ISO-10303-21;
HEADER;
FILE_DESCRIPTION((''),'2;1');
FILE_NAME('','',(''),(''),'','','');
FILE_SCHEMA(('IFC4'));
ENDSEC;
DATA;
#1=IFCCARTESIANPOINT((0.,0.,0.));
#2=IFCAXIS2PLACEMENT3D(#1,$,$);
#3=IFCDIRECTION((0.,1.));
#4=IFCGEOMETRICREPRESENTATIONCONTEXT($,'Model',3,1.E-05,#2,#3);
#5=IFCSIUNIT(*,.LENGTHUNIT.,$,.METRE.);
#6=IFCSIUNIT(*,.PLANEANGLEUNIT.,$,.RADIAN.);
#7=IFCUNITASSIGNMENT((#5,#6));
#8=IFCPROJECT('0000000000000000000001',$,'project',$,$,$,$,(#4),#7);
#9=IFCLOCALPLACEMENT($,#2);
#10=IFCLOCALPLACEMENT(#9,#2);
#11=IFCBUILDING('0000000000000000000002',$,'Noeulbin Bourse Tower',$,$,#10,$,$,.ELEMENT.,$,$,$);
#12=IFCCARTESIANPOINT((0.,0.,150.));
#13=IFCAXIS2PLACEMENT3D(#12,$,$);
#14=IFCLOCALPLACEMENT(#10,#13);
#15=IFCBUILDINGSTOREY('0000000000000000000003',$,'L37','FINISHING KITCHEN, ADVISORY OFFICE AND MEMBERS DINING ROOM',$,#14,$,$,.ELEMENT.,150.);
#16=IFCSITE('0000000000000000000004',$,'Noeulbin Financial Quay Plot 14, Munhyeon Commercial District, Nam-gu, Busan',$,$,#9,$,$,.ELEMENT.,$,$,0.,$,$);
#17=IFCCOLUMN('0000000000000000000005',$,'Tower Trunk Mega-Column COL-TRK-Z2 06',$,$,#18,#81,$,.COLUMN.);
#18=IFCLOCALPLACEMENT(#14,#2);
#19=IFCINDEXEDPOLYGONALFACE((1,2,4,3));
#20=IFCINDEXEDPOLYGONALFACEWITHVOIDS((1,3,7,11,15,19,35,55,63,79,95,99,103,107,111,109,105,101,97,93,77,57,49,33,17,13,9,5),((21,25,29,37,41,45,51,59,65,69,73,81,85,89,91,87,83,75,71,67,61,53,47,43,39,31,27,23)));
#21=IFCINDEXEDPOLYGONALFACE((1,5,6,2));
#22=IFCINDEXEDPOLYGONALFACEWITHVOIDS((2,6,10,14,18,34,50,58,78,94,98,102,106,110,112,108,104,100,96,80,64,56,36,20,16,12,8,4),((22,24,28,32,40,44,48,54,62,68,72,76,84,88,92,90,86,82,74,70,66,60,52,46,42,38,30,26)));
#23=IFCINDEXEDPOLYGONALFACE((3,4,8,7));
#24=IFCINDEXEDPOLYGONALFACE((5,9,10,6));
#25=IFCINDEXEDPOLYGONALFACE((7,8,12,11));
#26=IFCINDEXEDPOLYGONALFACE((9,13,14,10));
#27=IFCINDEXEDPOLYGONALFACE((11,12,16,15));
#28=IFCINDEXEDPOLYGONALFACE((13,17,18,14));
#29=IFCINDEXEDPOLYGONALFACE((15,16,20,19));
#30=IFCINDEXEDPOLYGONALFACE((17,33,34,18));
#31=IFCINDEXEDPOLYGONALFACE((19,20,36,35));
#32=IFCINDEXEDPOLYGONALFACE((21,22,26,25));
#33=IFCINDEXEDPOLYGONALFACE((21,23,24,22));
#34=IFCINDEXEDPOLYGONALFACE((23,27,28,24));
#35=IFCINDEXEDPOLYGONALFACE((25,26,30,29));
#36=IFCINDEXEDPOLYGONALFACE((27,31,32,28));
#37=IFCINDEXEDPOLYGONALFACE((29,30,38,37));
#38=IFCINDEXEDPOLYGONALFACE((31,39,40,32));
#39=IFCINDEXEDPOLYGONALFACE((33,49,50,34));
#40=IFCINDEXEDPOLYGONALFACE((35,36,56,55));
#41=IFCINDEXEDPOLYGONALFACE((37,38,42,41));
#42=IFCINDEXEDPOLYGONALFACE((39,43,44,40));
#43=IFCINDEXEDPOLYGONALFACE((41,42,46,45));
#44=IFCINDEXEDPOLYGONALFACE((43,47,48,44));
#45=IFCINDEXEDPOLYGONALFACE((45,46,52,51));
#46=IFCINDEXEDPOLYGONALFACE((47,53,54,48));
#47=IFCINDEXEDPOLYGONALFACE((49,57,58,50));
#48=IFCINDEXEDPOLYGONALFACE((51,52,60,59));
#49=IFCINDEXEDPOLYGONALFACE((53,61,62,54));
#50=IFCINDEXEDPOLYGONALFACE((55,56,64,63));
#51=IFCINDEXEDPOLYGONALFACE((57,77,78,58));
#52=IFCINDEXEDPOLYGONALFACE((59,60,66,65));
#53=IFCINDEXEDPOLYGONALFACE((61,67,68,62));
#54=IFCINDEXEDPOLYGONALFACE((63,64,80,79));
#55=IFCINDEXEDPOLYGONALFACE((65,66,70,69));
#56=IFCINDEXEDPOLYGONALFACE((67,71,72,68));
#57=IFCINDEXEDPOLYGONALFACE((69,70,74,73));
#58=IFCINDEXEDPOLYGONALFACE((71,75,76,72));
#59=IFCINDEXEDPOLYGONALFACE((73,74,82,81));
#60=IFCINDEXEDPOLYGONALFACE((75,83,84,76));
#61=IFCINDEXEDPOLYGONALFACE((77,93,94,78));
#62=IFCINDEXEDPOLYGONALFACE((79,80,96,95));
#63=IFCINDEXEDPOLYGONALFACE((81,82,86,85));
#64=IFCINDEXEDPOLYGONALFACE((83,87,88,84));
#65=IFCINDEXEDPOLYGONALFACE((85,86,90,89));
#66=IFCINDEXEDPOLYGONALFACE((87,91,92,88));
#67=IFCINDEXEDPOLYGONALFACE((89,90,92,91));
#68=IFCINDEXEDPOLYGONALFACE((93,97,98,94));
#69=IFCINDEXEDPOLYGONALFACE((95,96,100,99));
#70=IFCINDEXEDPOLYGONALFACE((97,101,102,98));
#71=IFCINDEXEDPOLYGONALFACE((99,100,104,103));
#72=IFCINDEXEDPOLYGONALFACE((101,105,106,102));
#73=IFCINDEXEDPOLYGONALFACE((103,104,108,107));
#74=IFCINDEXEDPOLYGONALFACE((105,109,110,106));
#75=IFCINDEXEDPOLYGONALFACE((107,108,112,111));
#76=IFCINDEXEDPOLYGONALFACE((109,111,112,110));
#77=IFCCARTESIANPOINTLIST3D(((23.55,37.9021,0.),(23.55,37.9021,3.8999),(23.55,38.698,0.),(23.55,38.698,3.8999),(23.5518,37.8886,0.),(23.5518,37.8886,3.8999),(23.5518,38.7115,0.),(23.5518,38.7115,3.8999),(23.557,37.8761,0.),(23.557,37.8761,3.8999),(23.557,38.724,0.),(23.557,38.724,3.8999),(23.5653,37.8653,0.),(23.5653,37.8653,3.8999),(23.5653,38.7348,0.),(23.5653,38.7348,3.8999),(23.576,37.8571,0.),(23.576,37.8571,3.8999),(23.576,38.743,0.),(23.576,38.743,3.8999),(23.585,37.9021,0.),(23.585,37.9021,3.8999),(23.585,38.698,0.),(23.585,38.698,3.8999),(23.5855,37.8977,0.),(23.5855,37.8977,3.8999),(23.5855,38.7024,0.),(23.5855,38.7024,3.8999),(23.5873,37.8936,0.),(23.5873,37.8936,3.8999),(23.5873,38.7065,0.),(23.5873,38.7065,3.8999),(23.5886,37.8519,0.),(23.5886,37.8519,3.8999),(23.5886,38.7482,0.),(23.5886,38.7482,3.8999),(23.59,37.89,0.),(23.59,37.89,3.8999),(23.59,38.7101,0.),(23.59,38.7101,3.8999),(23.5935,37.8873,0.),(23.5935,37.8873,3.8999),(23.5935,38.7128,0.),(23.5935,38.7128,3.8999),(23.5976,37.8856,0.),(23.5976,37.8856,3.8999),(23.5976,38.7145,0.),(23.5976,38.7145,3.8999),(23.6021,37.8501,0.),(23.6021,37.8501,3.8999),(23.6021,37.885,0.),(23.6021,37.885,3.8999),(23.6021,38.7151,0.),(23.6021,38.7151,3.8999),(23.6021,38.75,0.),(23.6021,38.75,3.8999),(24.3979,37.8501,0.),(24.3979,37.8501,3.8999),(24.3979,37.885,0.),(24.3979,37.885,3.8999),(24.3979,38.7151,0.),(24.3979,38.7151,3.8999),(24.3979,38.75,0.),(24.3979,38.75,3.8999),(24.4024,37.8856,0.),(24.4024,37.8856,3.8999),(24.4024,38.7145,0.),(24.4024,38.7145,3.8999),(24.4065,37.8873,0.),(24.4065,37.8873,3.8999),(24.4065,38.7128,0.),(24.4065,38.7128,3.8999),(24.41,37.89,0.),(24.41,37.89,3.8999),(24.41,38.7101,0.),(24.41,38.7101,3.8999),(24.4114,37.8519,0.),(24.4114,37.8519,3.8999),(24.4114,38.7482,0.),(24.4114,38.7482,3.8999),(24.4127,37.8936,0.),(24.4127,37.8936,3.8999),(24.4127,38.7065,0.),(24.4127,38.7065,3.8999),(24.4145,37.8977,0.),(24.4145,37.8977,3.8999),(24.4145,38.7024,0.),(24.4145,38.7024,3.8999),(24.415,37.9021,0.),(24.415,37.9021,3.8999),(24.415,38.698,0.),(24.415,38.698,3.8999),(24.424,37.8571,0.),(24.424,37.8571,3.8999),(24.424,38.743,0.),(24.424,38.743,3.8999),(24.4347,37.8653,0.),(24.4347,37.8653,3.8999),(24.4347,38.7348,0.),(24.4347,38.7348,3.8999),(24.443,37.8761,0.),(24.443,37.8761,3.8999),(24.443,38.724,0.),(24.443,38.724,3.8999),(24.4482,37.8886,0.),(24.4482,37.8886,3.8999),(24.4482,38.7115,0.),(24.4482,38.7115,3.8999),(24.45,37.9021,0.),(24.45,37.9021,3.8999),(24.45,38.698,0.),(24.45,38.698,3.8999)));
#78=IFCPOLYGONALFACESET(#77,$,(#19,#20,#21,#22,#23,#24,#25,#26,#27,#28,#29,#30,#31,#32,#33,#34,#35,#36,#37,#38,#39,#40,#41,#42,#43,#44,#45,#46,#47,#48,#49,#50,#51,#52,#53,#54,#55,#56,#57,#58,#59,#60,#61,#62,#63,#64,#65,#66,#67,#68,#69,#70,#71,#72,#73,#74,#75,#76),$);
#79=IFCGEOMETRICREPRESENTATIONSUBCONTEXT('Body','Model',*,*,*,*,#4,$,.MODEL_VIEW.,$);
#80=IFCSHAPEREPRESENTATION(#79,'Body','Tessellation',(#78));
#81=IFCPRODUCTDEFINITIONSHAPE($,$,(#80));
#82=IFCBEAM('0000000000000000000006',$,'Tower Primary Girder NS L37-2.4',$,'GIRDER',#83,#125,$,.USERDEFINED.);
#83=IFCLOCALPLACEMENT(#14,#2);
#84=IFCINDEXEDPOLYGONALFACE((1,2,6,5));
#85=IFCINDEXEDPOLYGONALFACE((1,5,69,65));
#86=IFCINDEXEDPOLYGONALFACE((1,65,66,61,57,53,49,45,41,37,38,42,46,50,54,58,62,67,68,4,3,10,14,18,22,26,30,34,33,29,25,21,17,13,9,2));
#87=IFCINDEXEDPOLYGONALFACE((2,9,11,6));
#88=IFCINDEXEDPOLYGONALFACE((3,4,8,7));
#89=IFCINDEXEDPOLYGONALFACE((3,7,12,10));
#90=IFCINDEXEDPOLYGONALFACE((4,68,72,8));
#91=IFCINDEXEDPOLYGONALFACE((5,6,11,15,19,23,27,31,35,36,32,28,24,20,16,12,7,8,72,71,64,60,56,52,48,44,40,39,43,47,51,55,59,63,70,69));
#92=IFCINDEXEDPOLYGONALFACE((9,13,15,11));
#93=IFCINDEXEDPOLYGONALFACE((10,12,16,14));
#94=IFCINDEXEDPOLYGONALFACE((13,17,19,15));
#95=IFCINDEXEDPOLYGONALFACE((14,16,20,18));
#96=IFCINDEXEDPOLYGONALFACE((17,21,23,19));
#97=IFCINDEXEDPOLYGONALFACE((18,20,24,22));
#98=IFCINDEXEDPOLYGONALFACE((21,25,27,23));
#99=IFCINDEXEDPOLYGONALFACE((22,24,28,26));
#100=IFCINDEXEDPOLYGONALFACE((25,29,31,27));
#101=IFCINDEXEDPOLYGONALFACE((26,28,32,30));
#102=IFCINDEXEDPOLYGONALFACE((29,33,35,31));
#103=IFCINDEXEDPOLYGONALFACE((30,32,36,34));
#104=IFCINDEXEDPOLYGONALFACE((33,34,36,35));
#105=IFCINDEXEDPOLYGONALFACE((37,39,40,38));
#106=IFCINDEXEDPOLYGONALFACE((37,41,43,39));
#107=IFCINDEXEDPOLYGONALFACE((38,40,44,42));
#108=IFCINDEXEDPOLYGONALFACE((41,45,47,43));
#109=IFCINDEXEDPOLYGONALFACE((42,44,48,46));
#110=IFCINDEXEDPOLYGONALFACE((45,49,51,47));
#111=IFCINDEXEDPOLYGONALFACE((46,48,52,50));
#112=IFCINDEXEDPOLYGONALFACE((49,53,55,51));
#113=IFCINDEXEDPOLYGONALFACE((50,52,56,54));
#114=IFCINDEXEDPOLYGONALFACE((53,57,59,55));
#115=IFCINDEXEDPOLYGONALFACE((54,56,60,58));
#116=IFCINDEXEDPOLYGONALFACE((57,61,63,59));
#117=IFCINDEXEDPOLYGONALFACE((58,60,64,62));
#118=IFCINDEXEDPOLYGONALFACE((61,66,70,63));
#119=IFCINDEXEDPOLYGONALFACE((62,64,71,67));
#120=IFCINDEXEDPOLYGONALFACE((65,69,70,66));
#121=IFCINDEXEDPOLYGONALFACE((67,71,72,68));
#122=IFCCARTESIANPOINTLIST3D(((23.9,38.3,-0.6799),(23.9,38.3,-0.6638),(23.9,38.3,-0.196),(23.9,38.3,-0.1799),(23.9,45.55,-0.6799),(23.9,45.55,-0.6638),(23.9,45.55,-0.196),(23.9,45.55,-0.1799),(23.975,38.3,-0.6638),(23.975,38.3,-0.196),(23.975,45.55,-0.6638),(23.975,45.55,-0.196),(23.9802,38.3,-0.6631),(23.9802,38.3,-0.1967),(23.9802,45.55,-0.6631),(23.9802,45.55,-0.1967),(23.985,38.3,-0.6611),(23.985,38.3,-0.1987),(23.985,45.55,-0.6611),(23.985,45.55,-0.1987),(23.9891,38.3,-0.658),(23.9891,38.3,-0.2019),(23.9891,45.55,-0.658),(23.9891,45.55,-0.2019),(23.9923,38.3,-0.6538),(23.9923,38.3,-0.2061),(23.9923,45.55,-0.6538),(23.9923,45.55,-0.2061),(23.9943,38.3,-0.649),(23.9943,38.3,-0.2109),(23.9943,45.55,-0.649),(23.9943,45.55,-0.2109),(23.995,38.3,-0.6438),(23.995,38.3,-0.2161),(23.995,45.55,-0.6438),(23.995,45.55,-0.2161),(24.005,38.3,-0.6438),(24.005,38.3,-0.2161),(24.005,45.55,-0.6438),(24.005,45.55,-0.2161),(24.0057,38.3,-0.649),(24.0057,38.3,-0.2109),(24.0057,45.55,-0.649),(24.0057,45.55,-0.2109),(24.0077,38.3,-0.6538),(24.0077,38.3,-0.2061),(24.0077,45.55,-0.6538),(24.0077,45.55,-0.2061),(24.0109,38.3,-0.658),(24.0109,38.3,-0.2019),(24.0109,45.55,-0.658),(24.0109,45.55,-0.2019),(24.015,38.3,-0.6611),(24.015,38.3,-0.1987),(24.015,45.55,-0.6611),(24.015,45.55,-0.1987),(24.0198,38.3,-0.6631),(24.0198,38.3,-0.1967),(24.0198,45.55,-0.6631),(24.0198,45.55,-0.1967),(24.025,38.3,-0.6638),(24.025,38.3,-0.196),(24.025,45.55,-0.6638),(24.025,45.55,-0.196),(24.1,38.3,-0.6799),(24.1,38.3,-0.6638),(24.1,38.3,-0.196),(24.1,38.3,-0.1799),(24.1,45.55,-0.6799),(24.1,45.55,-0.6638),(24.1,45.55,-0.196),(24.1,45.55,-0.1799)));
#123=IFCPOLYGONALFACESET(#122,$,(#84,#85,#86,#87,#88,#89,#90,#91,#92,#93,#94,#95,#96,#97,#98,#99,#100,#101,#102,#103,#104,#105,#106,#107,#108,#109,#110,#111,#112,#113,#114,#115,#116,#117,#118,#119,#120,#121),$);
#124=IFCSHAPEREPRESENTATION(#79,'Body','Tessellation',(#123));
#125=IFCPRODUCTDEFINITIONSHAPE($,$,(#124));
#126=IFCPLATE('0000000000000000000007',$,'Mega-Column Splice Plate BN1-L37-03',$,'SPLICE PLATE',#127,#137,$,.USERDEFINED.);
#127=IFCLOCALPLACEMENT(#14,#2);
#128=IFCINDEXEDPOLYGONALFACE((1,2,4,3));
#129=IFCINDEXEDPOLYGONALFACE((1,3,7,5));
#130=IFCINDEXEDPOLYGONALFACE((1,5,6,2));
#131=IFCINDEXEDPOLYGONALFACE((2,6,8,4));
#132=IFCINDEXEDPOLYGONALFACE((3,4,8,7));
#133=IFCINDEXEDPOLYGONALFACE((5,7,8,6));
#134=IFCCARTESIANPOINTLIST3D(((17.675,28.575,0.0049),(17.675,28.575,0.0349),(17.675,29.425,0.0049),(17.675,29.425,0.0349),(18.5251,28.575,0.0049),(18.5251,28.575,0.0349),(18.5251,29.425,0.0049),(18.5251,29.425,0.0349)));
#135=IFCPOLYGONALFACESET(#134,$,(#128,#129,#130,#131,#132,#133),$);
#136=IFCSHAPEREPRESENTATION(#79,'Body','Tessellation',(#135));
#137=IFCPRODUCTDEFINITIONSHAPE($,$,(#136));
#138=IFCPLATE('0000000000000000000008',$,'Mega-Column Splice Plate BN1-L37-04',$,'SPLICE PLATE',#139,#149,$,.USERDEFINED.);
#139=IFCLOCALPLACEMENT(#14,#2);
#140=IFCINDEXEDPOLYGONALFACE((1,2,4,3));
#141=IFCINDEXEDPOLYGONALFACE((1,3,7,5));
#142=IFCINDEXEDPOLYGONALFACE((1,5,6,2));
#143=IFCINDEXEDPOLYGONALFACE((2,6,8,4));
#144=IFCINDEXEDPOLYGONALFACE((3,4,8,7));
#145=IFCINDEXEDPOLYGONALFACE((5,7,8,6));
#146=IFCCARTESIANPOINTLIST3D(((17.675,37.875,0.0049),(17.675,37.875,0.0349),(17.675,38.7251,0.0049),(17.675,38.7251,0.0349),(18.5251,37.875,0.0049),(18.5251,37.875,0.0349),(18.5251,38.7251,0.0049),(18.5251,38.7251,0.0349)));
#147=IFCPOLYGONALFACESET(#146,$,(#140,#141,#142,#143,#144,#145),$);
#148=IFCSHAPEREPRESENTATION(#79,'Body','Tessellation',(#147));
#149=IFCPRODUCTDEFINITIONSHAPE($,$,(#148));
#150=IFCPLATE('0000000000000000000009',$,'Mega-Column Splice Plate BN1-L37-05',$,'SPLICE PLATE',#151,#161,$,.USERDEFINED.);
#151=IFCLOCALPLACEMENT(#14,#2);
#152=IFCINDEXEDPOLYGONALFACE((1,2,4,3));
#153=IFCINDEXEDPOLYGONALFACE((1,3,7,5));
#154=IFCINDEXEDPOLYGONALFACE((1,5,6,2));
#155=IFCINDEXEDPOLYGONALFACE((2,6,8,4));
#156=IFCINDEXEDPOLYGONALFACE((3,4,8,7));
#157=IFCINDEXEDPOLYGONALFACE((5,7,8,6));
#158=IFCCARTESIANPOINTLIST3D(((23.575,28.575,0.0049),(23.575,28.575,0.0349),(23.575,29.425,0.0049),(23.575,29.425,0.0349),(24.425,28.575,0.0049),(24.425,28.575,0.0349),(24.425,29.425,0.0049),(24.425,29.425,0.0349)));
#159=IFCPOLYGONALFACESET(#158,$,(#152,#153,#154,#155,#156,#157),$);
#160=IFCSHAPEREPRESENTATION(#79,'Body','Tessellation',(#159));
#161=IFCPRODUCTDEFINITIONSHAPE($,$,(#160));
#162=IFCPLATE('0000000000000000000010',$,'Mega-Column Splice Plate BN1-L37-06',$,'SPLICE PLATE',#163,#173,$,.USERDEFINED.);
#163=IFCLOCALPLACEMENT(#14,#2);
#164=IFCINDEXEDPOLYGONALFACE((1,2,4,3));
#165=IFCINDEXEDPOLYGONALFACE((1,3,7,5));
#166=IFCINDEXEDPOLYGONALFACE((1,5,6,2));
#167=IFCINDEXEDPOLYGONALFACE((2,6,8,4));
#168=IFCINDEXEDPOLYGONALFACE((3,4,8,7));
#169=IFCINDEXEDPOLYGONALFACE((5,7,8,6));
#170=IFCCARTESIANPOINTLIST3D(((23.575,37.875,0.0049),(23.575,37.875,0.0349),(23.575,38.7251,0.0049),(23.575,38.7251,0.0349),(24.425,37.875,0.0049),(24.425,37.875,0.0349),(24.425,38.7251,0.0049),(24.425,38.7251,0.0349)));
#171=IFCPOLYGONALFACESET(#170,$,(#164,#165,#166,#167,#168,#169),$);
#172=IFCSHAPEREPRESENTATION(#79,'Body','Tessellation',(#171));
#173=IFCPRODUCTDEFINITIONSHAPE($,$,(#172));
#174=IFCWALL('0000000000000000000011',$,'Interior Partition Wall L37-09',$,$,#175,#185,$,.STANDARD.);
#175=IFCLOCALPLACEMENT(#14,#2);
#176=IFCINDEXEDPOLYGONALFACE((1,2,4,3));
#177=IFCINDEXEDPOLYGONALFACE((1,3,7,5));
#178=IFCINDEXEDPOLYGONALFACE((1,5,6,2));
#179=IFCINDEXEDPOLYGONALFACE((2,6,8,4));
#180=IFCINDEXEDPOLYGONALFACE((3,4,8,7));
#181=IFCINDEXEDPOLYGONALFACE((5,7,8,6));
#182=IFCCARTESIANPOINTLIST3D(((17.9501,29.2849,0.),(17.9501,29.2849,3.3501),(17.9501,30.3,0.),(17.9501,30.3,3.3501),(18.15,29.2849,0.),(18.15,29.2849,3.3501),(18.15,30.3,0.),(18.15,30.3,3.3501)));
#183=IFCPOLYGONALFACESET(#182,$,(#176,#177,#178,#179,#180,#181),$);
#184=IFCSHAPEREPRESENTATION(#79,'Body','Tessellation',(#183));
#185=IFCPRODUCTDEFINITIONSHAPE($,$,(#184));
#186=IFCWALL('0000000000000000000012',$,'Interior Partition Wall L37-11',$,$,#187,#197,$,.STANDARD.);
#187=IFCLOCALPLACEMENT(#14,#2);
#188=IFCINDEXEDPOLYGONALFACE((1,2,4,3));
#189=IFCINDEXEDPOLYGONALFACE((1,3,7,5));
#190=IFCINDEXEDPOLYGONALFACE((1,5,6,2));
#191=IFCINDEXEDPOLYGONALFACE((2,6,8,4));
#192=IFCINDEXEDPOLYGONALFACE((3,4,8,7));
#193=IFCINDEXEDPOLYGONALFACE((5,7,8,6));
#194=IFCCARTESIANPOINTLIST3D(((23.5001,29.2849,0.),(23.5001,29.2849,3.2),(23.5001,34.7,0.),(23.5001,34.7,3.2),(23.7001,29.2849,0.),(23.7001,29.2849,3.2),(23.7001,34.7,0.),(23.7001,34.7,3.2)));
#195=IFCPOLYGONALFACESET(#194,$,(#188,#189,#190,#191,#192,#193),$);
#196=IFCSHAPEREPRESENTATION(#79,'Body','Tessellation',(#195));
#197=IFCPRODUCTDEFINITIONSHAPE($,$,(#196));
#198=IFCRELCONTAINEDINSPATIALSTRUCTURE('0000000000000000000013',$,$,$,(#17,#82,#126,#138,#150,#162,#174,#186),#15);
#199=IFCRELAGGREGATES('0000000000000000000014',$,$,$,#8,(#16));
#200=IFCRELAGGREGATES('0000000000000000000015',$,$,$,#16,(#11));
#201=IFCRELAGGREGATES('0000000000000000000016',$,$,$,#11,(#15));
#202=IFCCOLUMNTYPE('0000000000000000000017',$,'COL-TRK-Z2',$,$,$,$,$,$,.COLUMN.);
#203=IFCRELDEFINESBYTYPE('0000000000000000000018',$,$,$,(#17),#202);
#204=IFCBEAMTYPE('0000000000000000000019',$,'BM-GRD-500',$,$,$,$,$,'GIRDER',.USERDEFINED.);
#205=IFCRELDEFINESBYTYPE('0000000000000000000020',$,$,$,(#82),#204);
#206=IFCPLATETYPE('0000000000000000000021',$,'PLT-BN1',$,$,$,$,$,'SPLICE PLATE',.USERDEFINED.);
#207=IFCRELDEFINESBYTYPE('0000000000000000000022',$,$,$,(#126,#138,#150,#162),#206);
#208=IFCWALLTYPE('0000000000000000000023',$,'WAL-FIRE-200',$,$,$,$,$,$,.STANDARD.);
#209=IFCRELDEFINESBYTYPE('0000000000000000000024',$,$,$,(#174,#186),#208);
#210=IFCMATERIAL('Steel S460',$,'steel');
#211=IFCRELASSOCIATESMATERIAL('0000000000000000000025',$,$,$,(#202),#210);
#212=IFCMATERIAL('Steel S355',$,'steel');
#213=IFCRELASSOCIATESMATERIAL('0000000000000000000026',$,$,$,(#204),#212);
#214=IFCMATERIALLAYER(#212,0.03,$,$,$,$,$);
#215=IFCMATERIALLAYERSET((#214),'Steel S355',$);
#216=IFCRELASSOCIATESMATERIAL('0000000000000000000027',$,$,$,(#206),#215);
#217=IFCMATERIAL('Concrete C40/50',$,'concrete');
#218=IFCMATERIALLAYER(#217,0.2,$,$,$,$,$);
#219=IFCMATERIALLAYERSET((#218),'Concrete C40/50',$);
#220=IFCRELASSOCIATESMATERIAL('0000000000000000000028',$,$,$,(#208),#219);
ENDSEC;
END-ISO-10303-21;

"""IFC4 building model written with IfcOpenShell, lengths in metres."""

from ifc_helpers import new_model, si_unit, direction, frame, frame_2d, origin, origin_2d, place, context, subcontext, project, spatial, rectangle, hollow_rectangle, i_section, extrude, material, layer, layer_set, material_profile, profile_set, type_object, element, save


model = new_model("IFC4")

# Units and contexts
model_context = context("Model", 3, precision=1e-05, world=origin(), true_north=direction((0.0, 1.0)))
body_context = subcontext(model_context, "Body", "Model", "MODEL_VIEW")
ifc_project = project(units=[si_unit("LENGTHUNIT", "METRE"), si_unit("PLANEANGLEUNIT", "RADIAN")], contexts=[model_context])

# Site, building, storey
site_placement = place(None, origin())
site = spatial("IfcSite", under=ifc_project, at=site_placement, Name="Noeulbin Financial Quay Plot 14, Munhyeon Commercial District, Nam-gu, Busan", CompositionType="ELEMENT", RefElevation=0.0)
building_placement = place(site_placement, origin())
building = spatial("IfcBuilding", under=site, at=building_placement, Name="Noeulbin Bourse Tower", CompositionType="ELEMENT")
storey_placement = place(building_placement, frame((0.0, 0.0, 150.0)))
storey = spatial("IfcBuildingStorey", under=building, at=storey_placement, Name="L37", Description="FINISHING KITCHEN, ADVISORY OFFICE AND MEMBERS DINING ROOM", CompositionType="ELEMENT", Elevation=150.0)

# Column
ifc_material_1 = material(Name="Steel S460", Category="steel")
ifc_material_profile_1 = material_profile(ifc_material_1, hollow_rectangle(XDim=0.8999, YDim=0.8999, WallThickness=0.0349, InnerFilletRadius=0.0171, OuterFilletRadius=0.052, at=origin_2d()), Name="BOX-900x900x35", Category="LoadBearing")
ifc_profile_set_1 = profile_set([ifc_material_profile_1], Name="Steel S460")
column_type = type_object("IfcColumnType", Name="COL-TRK-Z2", PredefinedType="COLUMN", material=ifc_profile_set_1)
for number, where, z_axis, x_axis, name in (
    (1, (24.0, 38.3, 0.0), (0.0, 0.0, 1.0), (1.0, 0.0, 0.0), "Tower Trunk Mega-Column COL-TRK-Z2 06"),
):
    element("IfcColumn", number, at=place(storey_placement, frame(where, z_axis=z_axis, x_axis=x_axis)), inside=storey, type_object=column_type, Name=name, PredefinedType="COLUMN", context=body_context, shape_type="SweptSolid", body=[
        extrude(hollow_rectangle(XDim=0.8999, YDim=0.8999, WallThickness=0.0349, InnerFilletRadius=0.0171, OuterFilletRadius=0.052, at=origin_2d()), origin(), (0.0, 0.0, 1.0), 3.8999),
    ])

# Beam
ifc_material_2 = material(Name="Steel S355", Category="steel")
ifc_material_profile_2 = material_profile(ifc_material_2, i_section(OverallWidth=0.2, OverallDepth=0.5, WebThickness=0.01, FlangeThickness=0.0161, FilletRadius=0.02, at=origin_2d()), Name="H-500x200x10x16", Category="LoadBearing")
ifc_profile_set_2 = profile_set([ifc_material_profile_2], Name="Steel S355")
beam_type = type_object("IfcBeamType", Name="BM-GRD-500", ElementType="GIRDER", PredefinedType="USERDEFINED", material=ifc_profile_set_2)
beam_placement = place(storey_placement, frame((24.0, 38.3, -0.4299), z_axis=(0.0, 1.0, 0.0), x_axis=(-1.0, 0.0, 0.0)))
element("IfcBeam", 2, at=beam_placement, inside=storey, type_object=beam_type, Name="Tower Primary Girder NS L37-2.4", ObjectType="GIRDER", PredefinedType="USERDEFINED", context=body_context, shape_type="SweptSolid", body=[
    extrude(i_section(OverallWidth=0.2, OverallDepth=0.5, WebThickness=0.01, FlangeThickness=0.0161, FilletRadius=0.02, at=origin_2d()), origin(), (0.0, 0.0, 1.0), 7.25),
])

# Plates
ifc_layer_1 = layer(ifc_material_2, 0.03)
ifc_layer_set_1 = layer_set([ifc_layer_1], Name="Steel S355")
plate_type = type_object("IfcPlateType", Name="PLT-BN1", ElementType="SPLICE PLATE", PredefinedType="USERDEFINED", material=ifc_layer_set_1)
for number, where, z_axis, x_axis, name in (
    (3, (18.1001, 29.0, 0.0049), (0.0, 0.0, 1.0), (1.0, 0.0, 0.0), "Mega-Column Splice Plate BN1-L37-03"),
    (4, (18.1001, 38.3, 0.0049), (0.0, 0.0, 1.0), (1.0, 0.0, 0.0), "Mega-Column Splice Plate BN1-L37-04"),
    (5, (24.0, 29.0, 0.0049), (0.0, 0.0, 1.0), (1.0, 0.0, 0.0), "Mega-Column Splice Plate BN1-L37-05"),
    (6, (24.0, 38.3, 0.0049), (0.0, 0.0, 1.0), (1.0, 0.0, 0.0), "Mega-Column Splice Plate BN1-L37-06"),
):
    element("IfcPlate", number, at=place(storey_placement, frame(where, z_axis=z_axis, x_axis=x_axis)), inside=storey, type_object=plate_type, Name=name, ObjectType="SPLICE PLATE", PredefinedType="USERDEFINED", context=body_context, shape_type="SweptSolid", body=[
        extrude(rectangle(XDim=0.8501, YDim=0.8501, at=origin_2d()), origin(), (0.0, 0.0, 1.0), 0.03),
    ])

# Walls
ifc_material_3 = material(Name="Concrete C40/50", Category="concrete")
ifc_layer_2 = layer(ifc_material_3, 0.2)
ifc_layer_set_2 = layer_set([ifc_layer_2], Name="Concrete C40/50")
wall_type_1 = type_object("IfcWallType", Name="WAL-FIRE-200", PredefinedType="STANDARD", material=ifc_layer_set_2)
wall_1_placement = place(storey_placement, frame((18.05, 29.2849, 0.0), z_axis=(0.0, 0.0, 1.0), x_axis=(0.0, 1.0, 0.0)))
element("IfcWall", 7, at=wall_1_placement, inside=storey, type_object=wall_type_1, Name="Interior Partition Wall L37-09", PredefinedType="STANDARD", context=body_context, shape_type="SweptSolid", body=[
    extrude(rectangle(XDim=1.0151, YDim=0.2, at=frame_2d((0.5076, 0.0))), origin(), (0.0, 0.0, 1.0), 3.3501),
])
wall_2_placement = place(storey_placement, frame((23.6001, 29.2849, 0.0), z_axis=(0.0, 0.0, 1.0), x_axis=(0.0, 1.0, 0.0)))
element("IfcWall", 8, at=wall_2_placement, inside=storey, type_object=wall_type_1, Name="Interior Partition Wall L37-11", PredefinedType="STANDARD", context=body_context, shape_type="SweptSolid", body=[
    extrude(rectangle(XDim=5.415, YDim=0.2, at=frame_2d((2.7075, 0.0))), origin(), (0.0, 0.0, 1.0), 3.2),
])

save(model, "model.ifc")
